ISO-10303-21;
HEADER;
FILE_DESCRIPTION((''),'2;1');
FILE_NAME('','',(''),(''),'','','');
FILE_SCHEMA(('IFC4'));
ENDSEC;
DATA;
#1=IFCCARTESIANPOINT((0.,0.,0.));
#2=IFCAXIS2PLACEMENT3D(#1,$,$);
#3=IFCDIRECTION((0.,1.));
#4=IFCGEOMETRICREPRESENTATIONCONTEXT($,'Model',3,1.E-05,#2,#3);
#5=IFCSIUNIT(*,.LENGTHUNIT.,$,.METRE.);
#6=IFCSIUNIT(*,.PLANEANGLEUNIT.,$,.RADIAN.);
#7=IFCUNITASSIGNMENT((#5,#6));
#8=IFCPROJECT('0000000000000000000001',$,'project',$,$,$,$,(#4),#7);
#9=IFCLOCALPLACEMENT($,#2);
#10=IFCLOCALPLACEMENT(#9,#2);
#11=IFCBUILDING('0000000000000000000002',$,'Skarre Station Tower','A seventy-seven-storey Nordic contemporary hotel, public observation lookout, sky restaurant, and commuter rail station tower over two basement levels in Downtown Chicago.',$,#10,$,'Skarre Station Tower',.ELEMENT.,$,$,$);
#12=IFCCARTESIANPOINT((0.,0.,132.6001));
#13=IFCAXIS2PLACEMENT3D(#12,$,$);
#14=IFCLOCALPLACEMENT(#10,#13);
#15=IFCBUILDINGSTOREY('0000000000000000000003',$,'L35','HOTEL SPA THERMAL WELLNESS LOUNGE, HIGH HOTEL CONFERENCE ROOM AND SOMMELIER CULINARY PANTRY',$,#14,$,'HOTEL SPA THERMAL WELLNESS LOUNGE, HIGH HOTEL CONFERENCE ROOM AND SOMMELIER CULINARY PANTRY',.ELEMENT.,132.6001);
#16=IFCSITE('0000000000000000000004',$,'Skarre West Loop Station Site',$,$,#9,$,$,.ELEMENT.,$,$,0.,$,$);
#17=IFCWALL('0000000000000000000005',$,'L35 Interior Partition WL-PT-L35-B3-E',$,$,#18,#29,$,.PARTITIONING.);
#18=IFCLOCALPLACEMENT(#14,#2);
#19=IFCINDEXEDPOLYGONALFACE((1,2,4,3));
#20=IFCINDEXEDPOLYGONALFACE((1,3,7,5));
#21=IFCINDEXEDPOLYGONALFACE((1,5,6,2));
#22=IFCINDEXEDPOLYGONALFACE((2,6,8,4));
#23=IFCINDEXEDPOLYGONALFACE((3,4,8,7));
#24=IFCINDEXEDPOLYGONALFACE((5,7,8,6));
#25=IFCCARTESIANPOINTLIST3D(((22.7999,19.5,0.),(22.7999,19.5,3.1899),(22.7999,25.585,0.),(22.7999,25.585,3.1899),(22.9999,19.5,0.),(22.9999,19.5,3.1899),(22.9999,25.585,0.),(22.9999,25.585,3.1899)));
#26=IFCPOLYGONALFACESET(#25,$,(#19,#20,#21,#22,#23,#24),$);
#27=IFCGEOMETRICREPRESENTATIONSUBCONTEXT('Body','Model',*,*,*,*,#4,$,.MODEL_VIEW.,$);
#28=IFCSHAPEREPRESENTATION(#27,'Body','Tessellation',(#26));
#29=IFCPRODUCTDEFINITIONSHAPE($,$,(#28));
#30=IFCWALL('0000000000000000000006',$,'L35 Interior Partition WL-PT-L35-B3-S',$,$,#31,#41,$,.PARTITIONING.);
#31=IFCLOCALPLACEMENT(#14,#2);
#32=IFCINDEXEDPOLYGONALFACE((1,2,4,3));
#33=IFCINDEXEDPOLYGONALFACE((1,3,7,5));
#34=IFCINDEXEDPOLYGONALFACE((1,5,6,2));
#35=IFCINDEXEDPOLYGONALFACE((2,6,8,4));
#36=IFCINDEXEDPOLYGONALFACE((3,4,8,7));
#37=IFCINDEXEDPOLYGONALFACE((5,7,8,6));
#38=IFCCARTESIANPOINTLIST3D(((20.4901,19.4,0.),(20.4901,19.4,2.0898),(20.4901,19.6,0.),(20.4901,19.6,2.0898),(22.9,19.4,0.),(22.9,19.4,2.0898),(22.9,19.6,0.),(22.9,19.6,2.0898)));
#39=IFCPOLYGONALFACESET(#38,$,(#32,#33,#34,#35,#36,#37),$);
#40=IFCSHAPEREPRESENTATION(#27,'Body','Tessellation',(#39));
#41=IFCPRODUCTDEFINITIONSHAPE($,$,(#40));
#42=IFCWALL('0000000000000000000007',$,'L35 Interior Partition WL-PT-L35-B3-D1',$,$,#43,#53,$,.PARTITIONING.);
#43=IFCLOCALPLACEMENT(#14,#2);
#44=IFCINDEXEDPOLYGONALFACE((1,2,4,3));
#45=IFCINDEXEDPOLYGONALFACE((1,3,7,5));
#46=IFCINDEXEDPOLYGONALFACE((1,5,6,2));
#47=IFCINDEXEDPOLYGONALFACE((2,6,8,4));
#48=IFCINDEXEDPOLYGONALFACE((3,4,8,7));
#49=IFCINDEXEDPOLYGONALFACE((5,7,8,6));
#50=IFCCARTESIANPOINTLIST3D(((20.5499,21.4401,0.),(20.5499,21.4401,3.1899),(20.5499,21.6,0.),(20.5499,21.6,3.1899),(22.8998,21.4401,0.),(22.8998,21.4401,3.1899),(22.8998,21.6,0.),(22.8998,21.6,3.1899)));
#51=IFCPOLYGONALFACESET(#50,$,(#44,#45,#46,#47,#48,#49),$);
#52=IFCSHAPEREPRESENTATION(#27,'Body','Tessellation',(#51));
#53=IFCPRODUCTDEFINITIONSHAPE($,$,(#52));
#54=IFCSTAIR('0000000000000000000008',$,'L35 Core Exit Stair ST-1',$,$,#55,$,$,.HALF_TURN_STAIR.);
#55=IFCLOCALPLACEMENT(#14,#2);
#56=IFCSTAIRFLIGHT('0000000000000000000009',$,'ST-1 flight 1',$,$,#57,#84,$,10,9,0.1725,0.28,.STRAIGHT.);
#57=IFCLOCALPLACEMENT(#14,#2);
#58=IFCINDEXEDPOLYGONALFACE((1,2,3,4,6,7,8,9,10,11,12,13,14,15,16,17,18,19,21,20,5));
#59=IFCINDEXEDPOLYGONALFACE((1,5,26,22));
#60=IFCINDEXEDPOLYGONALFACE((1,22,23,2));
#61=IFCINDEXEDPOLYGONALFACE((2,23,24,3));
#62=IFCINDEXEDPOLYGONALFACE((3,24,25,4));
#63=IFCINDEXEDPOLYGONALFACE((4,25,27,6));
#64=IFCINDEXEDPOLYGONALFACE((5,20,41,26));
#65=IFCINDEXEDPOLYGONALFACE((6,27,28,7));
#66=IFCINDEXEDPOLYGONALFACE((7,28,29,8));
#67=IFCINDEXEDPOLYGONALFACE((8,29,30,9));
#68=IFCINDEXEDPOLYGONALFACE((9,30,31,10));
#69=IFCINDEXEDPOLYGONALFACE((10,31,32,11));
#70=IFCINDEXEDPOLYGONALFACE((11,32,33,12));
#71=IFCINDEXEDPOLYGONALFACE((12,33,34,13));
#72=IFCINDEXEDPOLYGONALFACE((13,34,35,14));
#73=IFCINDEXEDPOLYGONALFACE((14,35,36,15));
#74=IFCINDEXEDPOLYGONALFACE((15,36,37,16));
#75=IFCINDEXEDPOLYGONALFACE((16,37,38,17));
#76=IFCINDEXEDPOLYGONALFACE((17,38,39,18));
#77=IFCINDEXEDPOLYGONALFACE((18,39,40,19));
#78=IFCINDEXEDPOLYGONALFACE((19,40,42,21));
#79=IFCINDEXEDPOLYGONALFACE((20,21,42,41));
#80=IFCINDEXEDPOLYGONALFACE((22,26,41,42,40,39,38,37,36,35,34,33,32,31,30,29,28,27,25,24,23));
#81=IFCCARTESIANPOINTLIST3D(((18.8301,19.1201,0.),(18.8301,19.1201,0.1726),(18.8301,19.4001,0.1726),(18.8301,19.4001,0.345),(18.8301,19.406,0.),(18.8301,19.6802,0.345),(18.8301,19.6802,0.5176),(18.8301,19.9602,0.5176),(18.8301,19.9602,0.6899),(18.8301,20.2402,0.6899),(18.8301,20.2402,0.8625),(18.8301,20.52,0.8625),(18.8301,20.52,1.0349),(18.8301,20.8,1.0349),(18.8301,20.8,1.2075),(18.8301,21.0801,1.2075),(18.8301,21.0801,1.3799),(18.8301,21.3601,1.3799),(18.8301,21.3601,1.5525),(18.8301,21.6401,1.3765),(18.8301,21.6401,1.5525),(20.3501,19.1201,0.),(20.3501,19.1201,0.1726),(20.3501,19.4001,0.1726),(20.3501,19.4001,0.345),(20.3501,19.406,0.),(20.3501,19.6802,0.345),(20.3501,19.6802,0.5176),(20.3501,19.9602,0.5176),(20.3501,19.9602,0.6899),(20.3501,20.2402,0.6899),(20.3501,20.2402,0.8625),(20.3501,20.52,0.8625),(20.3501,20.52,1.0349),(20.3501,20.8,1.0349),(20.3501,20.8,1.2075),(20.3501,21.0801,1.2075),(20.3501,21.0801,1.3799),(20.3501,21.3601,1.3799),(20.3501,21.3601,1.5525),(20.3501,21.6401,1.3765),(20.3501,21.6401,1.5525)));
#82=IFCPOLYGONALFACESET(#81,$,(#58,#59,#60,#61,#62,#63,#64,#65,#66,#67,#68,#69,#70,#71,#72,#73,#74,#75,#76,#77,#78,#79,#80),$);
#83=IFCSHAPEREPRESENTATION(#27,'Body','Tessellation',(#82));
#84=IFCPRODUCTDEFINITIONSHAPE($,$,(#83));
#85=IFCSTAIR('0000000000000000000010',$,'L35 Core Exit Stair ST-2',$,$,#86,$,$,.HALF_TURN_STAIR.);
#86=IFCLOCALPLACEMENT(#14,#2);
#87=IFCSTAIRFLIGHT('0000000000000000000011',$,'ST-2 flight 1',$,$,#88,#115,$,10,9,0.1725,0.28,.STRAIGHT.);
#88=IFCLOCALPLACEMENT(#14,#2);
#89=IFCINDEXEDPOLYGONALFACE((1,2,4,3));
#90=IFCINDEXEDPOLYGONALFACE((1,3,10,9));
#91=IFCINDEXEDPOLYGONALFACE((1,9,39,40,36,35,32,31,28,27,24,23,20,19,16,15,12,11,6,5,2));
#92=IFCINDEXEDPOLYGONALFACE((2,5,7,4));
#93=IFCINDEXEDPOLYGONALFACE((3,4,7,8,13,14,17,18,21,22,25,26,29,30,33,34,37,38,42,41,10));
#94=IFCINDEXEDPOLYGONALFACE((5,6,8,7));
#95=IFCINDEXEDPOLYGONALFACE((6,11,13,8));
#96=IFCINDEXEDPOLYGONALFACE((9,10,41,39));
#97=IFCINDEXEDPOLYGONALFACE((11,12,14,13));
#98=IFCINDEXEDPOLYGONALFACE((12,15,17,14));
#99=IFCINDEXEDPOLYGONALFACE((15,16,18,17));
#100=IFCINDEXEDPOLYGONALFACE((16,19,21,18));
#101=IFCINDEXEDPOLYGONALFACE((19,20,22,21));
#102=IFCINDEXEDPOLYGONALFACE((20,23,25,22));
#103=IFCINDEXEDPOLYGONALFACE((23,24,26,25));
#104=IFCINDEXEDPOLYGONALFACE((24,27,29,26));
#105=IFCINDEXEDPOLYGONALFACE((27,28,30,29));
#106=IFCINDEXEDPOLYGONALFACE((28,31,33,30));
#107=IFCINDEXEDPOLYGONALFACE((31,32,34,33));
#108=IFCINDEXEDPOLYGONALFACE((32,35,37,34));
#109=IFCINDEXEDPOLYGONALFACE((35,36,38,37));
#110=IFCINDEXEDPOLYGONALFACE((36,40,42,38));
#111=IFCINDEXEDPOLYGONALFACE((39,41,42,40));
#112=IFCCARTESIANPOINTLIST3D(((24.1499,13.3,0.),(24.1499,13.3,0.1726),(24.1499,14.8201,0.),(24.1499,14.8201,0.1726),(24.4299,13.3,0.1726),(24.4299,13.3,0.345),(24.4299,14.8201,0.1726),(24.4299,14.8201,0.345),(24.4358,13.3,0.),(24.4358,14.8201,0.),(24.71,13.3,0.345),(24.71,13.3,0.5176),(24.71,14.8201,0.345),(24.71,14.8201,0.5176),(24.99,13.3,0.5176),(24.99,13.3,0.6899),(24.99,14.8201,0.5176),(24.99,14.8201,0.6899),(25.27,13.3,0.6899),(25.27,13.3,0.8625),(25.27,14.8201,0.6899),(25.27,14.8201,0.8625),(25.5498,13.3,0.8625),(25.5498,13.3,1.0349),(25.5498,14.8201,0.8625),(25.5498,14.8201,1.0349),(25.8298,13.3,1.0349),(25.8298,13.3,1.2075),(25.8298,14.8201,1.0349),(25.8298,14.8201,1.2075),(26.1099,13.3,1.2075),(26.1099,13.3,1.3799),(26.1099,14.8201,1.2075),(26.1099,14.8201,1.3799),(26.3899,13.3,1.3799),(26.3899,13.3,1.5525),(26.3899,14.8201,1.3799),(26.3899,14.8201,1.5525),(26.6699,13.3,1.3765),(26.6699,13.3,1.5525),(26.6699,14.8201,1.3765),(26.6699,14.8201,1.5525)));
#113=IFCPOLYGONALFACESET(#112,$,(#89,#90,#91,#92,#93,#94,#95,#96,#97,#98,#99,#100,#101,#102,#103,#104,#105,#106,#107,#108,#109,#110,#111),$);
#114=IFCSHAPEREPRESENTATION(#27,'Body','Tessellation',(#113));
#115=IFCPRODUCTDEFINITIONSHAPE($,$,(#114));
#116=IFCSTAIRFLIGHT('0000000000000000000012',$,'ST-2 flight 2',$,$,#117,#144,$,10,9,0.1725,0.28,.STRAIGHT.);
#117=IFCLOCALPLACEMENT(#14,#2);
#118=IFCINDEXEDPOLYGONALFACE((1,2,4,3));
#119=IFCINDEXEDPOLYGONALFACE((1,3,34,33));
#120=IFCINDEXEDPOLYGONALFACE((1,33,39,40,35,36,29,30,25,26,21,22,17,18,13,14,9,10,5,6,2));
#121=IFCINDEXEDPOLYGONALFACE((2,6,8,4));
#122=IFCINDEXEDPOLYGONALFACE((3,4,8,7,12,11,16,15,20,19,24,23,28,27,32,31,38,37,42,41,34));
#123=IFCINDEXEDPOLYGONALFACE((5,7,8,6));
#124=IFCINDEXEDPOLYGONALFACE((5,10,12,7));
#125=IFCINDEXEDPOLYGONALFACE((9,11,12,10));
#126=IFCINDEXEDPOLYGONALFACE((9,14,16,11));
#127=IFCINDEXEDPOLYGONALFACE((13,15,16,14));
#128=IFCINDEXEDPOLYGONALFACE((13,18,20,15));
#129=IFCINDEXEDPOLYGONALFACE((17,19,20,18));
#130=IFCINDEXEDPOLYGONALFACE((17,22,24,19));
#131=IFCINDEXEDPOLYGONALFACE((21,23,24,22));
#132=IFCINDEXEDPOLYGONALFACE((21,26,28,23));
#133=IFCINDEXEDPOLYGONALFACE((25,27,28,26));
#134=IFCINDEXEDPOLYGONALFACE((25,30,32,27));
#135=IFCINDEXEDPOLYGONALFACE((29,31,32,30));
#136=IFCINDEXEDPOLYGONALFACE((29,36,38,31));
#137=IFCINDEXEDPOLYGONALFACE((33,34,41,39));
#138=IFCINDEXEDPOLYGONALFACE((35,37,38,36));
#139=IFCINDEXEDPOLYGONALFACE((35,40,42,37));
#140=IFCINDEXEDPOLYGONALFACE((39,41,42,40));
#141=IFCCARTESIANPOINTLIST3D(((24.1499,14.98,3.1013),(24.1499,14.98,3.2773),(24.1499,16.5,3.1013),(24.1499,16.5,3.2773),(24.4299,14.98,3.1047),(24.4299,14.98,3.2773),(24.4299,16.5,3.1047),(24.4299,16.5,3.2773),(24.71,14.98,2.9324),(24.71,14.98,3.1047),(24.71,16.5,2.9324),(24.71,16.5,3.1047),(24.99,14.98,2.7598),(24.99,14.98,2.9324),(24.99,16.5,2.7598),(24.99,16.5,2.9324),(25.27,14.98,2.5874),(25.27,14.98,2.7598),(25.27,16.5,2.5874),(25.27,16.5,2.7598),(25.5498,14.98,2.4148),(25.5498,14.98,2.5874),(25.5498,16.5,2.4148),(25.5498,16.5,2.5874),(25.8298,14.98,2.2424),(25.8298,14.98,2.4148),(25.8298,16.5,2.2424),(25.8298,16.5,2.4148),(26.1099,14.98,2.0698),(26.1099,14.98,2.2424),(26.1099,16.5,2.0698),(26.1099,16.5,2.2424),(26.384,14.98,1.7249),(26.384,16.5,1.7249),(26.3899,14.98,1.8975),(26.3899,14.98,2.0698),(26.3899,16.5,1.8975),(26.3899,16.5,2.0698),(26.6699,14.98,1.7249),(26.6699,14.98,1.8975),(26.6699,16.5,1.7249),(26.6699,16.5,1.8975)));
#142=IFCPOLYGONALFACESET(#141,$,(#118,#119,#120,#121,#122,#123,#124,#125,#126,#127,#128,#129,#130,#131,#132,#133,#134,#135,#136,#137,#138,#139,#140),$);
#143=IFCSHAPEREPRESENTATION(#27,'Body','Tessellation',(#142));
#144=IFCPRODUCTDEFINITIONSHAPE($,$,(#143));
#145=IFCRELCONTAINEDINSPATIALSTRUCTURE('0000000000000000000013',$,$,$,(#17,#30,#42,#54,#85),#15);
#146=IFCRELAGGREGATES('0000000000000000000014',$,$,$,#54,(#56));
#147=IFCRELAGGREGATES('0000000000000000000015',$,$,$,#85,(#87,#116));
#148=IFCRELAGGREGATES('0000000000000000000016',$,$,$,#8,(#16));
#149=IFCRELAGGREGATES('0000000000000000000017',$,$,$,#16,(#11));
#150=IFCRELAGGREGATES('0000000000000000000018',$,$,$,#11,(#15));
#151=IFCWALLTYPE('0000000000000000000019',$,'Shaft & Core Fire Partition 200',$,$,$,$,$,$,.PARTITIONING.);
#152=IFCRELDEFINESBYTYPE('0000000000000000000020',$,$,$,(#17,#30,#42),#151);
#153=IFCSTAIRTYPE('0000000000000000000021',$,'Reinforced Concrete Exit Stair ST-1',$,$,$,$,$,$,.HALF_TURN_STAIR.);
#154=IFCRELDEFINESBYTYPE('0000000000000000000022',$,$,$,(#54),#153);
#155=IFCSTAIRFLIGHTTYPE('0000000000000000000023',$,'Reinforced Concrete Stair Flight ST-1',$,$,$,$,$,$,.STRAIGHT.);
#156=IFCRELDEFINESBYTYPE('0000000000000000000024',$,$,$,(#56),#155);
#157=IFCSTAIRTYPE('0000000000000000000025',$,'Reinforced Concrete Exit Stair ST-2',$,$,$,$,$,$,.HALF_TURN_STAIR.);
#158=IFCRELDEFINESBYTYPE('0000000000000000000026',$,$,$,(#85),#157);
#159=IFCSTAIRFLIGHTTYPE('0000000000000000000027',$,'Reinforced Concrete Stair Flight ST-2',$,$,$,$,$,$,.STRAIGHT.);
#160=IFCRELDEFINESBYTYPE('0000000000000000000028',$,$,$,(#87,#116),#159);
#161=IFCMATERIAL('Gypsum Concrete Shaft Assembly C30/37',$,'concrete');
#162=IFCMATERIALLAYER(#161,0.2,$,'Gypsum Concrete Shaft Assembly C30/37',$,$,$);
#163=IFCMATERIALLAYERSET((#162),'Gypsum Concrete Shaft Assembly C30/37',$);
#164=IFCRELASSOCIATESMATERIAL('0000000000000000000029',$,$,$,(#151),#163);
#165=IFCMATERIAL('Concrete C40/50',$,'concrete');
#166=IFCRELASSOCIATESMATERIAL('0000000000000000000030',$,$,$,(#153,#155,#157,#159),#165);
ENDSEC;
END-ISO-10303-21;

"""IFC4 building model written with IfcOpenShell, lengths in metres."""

from ifc_helpers import new_model, si_unit, direction, frame, frame_2d, origin, place, context, subcontext, project, spatial, polyline, rectangle, outline, extrude, material, layer, layer_set, type_object, element, aggregate, save


model = new_model("IFC4")

# Units and contexts
model_context = context("Model", 3, precision=1e-05, world=origin(), true_north=direction((0.0, 1.0)))
body_context = subcontext(model_context, "Body", "Model", "MODEL_VIEW")
ifc_project = project(units=[si_unit("LENGTHUNIT", "METRE"), si_unit("PLANEANGLEUNIT", "RADIAN")], contexts=[model_context])

# Site, building, storey
site_placement = place(None, origin())
site = spatial("IfcSite", under=ifc_project, at=site_placement, Name="Skarre West Loop Station Site", CompositionType="ELEMENT", RefElevation=0.0)
building_placement = place(site_placement, origin())
building = spatial("IfcBuilding", under=site, at=building_placement, Name="Skarre Station Tower", Description="A seventy-seven-storey Nordic contemporary hotel, public observation lookout, sky restaurant, and commuter rail station tower over two basement levels in Downtown Chicago.", LongName="Skarre Station Tower", CompositionType="ELEMENT")
storey_placement = place(building_placement, frame((0.0, 0.0, 132.6001)))
storey = spatial("IfcBuildingStorey", under=building, at=storey_placement, Name="L35", Description="HOTEL SPA THERMAL WELLNESS LOUNGE, HIGH HOTEL CONFERENCE ROOM AND SOMMELIER CULINARY PANTRY", LongName="HOTEL SPA THERMAL WELLNESS LOUNGE, HIGH HOTEL CONFERENCE ROOM AND SOMMELIER CULINARY PANTRY", CompositionType="ELEMENT", Elevation=132.6001)

# Walls
ifc_material_1 = material(Name="Gypsum Concrete Shaft Assembly C30/37", Category="concrete")
ifc_layer_1 = layer(ifc_material_1, 0.2, Name="Gypsum Concrete Shaft Assembly C30/37")
ifc_layer_set_1 = layer_set([ifc_layer_1], Name="Gypsum Concrete Shaft Assembly C30/37")
wall_type_1 = type_object("IfcWallType", Name="Shaft & Core Fire Partition 200", PredefinedType="PARTITIONING", material=ifc_layer_set_1)
wall_1_placement = place(storey_placement, frame((22.8999, 19.5, 0.0), z_axis=(0.0, 0.0, 1.0), x_axis=(0.0, 1.0, 0.0)))
element("IfcWall", 1, at=wall_1_placement, inside=storey, type_object=wall_type_1, Name="L35 Interior Partition WL-PT-L35-B3-E", PredefinedType="PARTITIONING", context=body_context, shape_type="SweptSolid", body=[
    extrude(rectangle(XDim=6.085, YDim=0.2, at=frame_2d((3.0425, 0.0))), origin(), (0.0, 0.0, 1.0), 3.1899),
])
wall_2_placement = place(storey_placement, frame((20.49, 19.5, 0.0), z_axis=(0.0, 0.0, 1.0), x_axis=(1.0, 0.0, 0.0)))
element("IfcWall", 2, at=wall_2_placement, inside=storey, type_object=wall_type_1, Name="L35 Interior Partition WL-PT-L35-B3-S", PredefinedType="PARTITIONING", context=body_context, shape_type="SweptSolid", body=[
    extrude(rectangle(XDim=2.4099, YDim=0.2, at=frame_2d((1.2051, 0.0))), origin(), (0.0, 0.0, 1.0), 2.0898),
])
wall_3_placement = place(storey_placement, frame((20.55, 21.52, 0.0), z_axis=(0.0, 0.0, 1.0), x_axis=(1.0, 0.0, 0.0)))
element("IfcWall", 3, at=wall_3_placement, inside=storey, type_object=wall_type_1, Name="L35 Interior Partition WL-PT-L35-B3-D1", PredefinedType="PARTITIONING", context=body_context, shape_type="SweptSolid", body=[
    extrude(rectangle(XDim=2.3499, YDim=0.1599, at=frame_2d((1.1748, 0.0))), origin(), (0.0, 0.0, 1.0), 3.1899),
])

# Stair, stair flight
ifc_material_2 = material(Name="Concrete C40/50", Category="concrete")
stair_type_1 = type_object("IfcStairType", Name="Reinforced Concrete Exit Stair ST-1", PredefinedType="HALF_TURN_STAIR", material=ifc_material_2)
stair_1_placement = place(storey_placement, origin())
stair_1 = element("IfcStair", 4, at=stair_1_placement, inside=storey, type_object=stair_type_1, Name="L35 Core Exit Stair ST-1", PredefinedType="HALF_TURN_STAIR")
stair_flight_type_1 = type_object("IfcStairFlightType", Name="Reinforced Concrete Stair Flight ST-1", PredefinedType="STRAIGHT", material=ifc_material_2)
stair_flight_1_placement = place(storey_placement, frame((19.5901, 19.1201, 0.0), z_axis=(0.0, 0.0, 1.0), x_axis=(0.0, 1.0, 0.0)))
stair_flight_1 = element("IfcStairFlight", 5, at=stair_flight_1_placement, type_object=stair_flight_type_1, Name="ST-1 flight 1", NumberOfRisers=10, NumberOfTreads=9, PredefinedType="STRAIGHT", RiserHeight=0.1725, TreadLength=0.28, context=body_context, shape_type="SweptSolid", body=[
    extrude(outline(polyline([(0.0, 0.0), (0.0, 0.1726), (0.28, 0.1726), (0.28, 0.345), (0.5601, 0.345), (0.5601, 0.5176), (0.8401, 0.5176), (0.8401, 0.6899), (1.1201, 0.6899), (1.1201, 0.8625), (1.3999, 0.8625), (1.3999, 1.0349), (1.6799, 1.0349), (1.6799, 1.2075), (1.96, 1.2075), (1.96, 1.3799), (2.24, 1.3799), (2.24, 1.5525), (2.52, 1.5525), (2.52, 1.7251), (2.52, 1.3765), (0.2859, 0.0), (0.0, 0.0)])), frame((0.0, 0.76, 0.0), z_axis=(0.0, -1.0, 0.0), x_axis=(1.0, 0.0, 0.0)), (0.0, 0.0, 1.0), 1.52),
])
aggregate(stair_1, [stair_flight_1])

# Stair, stair flights
stair_type_2 = type_object("IfcStairType", Name="Reinforced Concrete Exit Stair ST-2", PredefinedType="HALF_TURN_STAIR", material=ifc_material_2)
stair_2_placement = place(storey_placement, origin())
stair_2 = element("IfcStair", 6, at=stair_2_placement, inside=storey, type_object=stair_type_2, Name="L35 Core Exit Stair ST-2", PredefinedType="HALF_TURN_STAIR")
stair_flight_type_2 = type_object("IfcStairFlightType", Name="Reinforced Concrete Stair Flight ST-2", PredefinedType="STRAIGHT", material=ifc_material_2)
stair_flight_2_placement = place(storey_placement, frame((24.1499, 14.0601, 0.0), z_axis=(0.0, 0.0, 1.0), x_axis=(1.0, 0.0, 0.0)))
stair_flight_2 = element("IfcStairFlight", 7, at=stair_flight_2_placement, type_object=stair_flight_type_2, Name="ST-2 flight 1", NumberOfRisers=10, NumberOfTreads=9, PredefinedType="STRAIGHT", RiserHeight=0.1725, TreadLength=0.28, context=body_context, shape_type="SweptSolid", body=[
    extrude(outline(polyline([(0.0, 0.0), (0.0, 0.1726), (0.28, 0.1726), (0.28, 0.345), (0.5601, 0.345), (0.5601, 0.5176), (0.8401, 0.5176), (0.8401, 0.6899), (1.1201, 0.6899), (1.1201, 0.8625), (1.3999, 0.8625), (1.3999, 1.0349), (1.6799, 1.0349), (1.6799, 1.2075), (1.96, 1.2075), (1.96, 1.3799), (2.24, 1.3799), (2.24, 1.5525), (2.52, 1.5525), (2.52, 1.7251), (2.52, 1.3765), (0.2859, 0.0), (0.0, 0.0)])), frame((0.0, 0.76, 0.0), z_axis=(0.0, -1.0, 0.0), x_axis=(1.0, 0.0, 0.0)), (0.0, 0.0, 1.0), 1.52),
])
stair_flight_3_placement = place(storey_placement, frame((26.6699, 15.74, 1.7249), z_axis=(0.0, 0.0, 1.0), x_axis=(-1.0, 0.0, 0.0)))
stair_flight_3 = element("IfcStairFlight", 8, at=stair_flight_3_placement, type_object=stair_flight_type_2, Name="ST-2 flight 2", NumberOfRisers=10, NumberOfTreads=9, PredefinedType="STRAIGHT", RiserHeight=0.1725, TreadLength=0.28, context=body_context, shape_type="SweptSolid", body=[
    extrude(outline(polyline([(0.0, 0.0), (0.0, 0.1726), (0.28, 0.1726), (0.28, 0.345), (0.5601, 0.345), (0.5601, 0.5176), (0.8401, 0.5176), (0.8401, 0.6899), (1.1201, 0.6899), (1.1201, 0.8625), (1.3999, 0.8625), (1.3999, 1.0349), (1.6799, 1.0349), (1.6799, 1.2075), (1.96, 1.2075), (1.96, 1.3799), (2.24, 1.3799), (2.24, 1.5525), (2.52, 1.5525), (2.52, 1.7251), (2.52, 1.3765), (0.2859, 0.0), (0.0, 0.0)])), frame((0.0, 0.76, 0.0), z_axis=(0.0, -1.0, 0.0), x_axis=(1.0, 0.0, 0.0)), (0.0, 0.0, 1.0), 1.52),
])
aggregate(stair_2, [stair_flight_2, stair_flight_3])

save(model, "model.ifc")
